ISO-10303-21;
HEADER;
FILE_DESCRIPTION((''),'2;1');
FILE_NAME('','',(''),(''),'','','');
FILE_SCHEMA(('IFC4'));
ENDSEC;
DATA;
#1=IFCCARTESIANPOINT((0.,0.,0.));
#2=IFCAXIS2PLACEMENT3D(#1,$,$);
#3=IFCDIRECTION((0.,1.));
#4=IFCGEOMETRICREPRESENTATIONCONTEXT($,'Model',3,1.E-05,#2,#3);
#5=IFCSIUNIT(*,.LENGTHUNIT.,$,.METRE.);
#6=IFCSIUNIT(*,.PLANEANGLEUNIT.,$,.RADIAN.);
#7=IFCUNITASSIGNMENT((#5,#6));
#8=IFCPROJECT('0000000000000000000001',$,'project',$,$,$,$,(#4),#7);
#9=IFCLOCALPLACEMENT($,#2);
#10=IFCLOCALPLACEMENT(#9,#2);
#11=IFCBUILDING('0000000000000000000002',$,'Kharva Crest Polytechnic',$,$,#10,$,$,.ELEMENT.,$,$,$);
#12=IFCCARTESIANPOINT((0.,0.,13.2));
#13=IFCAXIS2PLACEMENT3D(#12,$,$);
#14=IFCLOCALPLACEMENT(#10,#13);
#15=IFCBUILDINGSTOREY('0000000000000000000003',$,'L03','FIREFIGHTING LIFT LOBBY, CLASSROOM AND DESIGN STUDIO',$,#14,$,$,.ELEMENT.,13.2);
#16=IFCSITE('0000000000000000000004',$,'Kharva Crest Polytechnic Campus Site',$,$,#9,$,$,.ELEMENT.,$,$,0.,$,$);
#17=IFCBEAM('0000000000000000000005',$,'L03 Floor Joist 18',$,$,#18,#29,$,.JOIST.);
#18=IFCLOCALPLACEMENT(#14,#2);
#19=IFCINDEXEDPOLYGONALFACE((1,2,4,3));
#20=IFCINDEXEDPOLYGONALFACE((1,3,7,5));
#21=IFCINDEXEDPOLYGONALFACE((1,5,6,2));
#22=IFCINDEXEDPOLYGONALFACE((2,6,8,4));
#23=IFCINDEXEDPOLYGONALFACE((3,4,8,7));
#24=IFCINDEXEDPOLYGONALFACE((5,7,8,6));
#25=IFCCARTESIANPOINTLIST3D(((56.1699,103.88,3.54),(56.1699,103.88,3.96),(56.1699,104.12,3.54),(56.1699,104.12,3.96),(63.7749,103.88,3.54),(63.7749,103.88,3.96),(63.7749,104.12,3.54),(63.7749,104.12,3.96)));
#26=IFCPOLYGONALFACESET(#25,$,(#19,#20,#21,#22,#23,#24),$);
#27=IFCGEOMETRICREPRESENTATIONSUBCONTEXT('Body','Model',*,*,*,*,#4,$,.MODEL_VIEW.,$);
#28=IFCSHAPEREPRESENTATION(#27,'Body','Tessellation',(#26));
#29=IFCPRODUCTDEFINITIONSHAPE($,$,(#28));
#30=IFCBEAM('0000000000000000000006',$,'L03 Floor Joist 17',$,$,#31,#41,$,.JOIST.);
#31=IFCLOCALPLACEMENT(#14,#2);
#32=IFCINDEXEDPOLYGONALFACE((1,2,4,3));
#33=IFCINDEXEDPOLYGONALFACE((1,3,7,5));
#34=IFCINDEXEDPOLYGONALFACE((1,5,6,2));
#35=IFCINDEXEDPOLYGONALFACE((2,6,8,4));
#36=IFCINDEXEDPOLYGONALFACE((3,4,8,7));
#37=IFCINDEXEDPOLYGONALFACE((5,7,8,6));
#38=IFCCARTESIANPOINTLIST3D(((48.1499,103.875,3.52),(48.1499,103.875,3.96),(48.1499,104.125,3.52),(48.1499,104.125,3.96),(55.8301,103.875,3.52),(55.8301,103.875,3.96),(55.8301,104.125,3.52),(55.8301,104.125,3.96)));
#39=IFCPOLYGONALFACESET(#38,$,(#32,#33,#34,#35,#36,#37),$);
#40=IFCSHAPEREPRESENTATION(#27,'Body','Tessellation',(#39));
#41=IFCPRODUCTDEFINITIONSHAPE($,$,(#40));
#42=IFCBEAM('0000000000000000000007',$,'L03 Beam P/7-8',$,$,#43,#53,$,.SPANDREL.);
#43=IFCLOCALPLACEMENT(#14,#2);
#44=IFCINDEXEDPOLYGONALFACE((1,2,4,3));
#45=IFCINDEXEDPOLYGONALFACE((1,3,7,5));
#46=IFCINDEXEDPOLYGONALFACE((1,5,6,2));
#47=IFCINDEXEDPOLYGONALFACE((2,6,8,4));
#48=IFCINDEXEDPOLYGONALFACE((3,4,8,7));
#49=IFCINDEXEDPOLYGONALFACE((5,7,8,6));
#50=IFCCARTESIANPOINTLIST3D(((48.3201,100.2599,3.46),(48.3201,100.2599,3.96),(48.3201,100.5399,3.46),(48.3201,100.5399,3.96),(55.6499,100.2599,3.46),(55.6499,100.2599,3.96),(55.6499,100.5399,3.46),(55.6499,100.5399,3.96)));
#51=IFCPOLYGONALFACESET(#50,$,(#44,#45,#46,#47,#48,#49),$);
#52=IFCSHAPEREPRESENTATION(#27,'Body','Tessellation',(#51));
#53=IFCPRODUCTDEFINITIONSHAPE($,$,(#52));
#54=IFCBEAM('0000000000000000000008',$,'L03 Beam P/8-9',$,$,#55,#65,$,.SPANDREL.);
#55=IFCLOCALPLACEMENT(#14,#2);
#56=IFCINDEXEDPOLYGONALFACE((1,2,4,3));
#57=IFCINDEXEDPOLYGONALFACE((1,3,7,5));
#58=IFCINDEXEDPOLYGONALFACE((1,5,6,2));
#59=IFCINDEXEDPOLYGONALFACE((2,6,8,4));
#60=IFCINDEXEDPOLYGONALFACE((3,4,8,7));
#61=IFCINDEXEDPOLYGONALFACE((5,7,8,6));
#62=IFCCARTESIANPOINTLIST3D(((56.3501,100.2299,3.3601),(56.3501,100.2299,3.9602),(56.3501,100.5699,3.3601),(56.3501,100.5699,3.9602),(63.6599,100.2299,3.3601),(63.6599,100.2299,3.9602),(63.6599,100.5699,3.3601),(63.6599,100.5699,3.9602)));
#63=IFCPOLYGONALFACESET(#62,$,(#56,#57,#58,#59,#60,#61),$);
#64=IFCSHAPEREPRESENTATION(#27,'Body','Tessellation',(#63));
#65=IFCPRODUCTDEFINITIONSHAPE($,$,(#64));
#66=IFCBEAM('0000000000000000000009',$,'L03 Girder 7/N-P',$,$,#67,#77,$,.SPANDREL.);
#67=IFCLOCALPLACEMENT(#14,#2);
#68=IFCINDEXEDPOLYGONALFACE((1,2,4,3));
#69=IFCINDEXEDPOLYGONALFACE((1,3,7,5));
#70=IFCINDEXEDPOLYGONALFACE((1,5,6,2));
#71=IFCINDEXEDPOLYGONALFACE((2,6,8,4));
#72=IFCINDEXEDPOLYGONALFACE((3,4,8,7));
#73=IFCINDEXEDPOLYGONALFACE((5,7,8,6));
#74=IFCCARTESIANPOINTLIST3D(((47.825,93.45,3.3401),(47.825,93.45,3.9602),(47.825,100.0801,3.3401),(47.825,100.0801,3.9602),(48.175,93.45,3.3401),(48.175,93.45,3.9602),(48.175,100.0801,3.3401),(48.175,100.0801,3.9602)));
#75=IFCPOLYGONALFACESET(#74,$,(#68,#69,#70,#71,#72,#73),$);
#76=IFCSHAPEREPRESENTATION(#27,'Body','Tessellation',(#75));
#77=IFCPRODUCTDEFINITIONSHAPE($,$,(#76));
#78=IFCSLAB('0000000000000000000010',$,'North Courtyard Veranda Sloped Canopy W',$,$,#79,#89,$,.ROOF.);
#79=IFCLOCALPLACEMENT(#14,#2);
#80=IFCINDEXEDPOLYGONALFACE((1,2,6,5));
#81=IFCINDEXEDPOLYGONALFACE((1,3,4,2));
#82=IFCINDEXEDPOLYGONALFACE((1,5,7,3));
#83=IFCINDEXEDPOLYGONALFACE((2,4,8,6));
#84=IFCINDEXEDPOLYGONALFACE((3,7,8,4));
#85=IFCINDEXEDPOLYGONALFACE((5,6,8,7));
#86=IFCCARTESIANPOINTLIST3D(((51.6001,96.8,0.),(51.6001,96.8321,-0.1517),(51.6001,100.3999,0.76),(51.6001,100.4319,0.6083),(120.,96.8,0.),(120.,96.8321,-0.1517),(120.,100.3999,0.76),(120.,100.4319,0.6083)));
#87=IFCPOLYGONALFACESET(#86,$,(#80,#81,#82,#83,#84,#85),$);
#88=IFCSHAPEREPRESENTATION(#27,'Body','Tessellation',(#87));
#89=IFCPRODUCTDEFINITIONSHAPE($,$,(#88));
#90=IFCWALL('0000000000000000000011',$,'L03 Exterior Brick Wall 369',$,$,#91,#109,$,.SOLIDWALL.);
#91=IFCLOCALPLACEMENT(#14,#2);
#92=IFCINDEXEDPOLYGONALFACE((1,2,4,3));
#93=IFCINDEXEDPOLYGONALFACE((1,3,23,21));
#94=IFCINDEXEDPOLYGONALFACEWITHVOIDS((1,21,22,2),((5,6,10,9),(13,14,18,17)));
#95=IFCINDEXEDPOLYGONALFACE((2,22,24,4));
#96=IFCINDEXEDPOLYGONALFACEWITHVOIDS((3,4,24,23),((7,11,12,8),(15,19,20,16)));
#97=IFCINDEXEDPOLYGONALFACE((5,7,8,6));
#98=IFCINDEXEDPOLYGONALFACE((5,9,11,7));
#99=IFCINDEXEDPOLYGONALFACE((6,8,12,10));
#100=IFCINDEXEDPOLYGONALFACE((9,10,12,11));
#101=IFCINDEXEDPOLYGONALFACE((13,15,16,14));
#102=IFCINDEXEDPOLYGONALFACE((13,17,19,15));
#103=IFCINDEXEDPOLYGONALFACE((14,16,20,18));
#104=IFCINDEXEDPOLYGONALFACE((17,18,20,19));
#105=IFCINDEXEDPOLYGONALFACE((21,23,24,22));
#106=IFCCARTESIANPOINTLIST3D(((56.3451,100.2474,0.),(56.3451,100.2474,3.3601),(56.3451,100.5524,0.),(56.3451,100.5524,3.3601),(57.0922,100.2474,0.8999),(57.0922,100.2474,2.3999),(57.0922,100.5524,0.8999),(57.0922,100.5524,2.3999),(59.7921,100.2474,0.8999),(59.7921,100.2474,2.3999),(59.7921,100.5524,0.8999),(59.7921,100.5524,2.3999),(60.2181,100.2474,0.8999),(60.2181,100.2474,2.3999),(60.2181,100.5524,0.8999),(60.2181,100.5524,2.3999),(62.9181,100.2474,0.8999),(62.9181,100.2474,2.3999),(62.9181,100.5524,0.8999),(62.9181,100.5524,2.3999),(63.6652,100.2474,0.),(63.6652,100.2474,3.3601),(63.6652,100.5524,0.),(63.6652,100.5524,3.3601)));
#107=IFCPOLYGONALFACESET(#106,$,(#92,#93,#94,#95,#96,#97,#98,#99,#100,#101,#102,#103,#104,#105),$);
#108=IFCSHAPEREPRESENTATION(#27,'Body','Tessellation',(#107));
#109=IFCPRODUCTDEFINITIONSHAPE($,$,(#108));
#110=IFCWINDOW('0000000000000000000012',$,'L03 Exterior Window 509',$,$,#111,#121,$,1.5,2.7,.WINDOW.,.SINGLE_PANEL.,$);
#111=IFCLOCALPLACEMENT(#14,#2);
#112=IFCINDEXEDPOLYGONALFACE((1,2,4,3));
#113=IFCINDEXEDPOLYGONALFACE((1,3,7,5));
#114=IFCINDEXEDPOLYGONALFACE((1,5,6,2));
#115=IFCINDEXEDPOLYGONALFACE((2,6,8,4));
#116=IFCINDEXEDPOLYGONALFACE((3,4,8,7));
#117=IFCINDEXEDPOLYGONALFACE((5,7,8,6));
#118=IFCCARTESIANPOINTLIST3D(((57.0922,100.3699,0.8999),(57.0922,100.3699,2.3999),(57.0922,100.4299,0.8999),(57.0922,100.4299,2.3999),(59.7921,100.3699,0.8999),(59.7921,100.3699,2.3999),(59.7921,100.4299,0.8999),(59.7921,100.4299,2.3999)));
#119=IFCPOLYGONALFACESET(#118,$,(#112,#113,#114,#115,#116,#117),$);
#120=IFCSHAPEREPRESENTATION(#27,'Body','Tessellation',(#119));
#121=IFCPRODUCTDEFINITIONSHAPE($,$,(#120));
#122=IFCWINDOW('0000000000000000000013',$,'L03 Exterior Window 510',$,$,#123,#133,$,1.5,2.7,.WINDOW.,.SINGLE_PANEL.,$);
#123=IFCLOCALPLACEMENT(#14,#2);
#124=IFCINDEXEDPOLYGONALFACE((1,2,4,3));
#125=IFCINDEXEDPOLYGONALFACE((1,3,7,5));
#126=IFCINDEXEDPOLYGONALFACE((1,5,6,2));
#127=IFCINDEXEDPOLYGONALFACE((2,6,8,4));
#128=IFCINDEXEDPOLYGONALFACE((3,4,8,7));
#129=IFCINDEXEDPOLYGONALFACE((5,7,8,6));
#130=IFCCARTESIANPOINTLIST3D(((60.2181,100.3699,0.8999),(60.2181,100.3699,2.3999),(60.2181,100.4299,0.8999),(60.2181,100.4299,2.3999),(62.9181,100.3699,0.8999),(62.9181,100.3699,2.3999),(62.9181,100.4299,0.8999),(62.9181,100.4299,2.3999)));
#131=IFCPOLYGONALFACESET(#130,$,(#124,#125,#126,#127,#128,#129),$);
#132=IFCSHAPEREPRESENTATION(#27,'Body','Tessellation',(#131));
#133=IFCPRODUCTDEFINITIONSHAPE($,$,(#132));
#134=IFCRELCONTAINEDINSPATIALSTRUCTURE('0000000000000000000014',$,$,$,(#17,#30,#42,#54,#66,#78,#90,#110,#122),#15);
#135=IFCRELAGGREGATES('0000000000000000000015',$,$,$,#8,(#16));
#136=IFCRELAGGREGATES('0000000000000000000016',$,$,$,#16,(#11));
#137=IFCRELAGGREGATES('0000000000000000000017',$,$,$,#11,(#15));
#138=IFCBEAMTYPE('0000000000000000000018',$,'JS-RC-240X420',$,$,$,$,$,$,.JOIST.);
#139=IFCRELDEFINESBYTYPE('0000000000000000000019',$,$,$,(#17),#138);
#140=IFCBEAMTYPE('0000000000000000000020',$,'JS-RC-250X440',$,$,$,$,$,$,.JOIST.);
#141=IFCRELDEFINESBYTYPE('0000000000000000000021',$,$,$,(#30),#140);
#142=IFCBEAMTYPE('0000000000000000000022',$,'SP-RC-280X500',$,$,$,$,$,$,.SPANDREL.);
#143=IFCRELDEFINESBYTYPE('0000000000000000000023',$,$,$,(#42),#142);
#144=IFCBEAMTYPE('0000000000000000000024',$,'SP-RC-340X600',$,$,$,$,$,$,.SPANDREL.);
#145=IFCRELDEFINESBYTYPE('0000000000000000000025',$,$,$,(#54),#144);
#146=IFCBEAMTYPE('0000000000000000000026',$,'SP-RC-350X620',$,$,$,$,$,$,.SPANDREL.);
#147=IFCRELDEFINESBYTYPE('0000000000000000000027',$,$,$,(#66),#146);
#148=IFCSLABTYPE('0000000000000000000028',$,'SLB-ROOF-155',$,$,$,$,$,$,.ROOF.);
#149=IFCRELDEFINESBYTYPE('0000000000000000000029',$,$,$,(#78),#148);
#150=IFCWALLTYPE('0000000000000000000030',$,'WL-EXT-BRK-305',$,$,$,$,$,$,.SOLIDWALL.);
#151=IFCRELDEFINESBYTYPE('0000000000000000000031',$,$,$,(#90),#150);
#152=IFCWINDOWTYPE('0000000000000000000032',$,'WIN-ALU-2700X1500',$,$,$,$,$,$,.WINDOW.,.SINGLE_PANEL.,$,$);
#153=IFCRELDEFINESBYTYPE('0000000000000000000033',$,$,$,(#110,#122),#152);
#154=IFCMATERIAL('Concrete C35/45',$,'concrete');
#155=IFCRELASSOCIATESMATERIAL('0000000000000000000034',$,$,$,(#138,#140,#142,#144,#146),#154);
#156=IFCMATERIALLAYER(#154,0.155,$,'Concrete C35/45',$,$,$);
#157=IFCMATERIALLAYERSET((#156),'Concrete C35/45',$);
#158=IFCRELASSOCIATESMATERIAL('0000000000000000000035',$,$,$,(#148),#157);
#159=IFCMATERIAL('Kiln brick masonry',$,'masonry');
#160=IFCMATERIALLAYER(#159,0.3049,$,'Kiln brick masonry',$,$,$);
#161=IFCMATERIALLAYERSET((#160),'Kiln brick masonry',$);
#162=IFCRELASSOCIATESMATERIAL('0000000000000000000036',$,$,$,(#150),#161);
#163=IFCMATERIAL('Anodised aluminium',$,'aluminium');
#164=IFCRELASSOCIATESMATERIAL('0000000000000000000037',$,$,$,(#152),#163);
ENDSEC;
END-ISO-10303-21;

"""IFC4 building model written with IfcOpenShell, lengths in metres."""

from ifc_helpers import new_model, si_unit, direction, frame, frame_2d, origin, origin_2d, place, context, subcontext, project, spatial, polyline, rectangle, outline, extrude, material, layer, layer_set, material_profile, profile_set, type_object, element, fill, save


model = new_model("IFC4")

# Units and contexts
model_context = context("Model", 3, precision=1e-05, world=origin(), true_north=direction((0.0, 1.0)))
body_context = subcontext(model_context, "Body", "Model", "MODEL_VIEW")
ifc_project = project(units=[si_unit("LENGTHUNIT", "METRE"), si_unit("PLANEANGLEUNIT", "RADIAN")], contexts=[model_context])

# Site, building, storey
site_placement = place(None, origin())
site = spatial("IfcSite", under=ifc_project, at=site_placement, Name="Kharva Crest Polytechnic Campus Site", CompositionType="ELEMENT", RefElevation=0.0)
building_placement = place(site_placement, origin())
building = spatial("IfcBuilding", under=site, at=building_placement, Name="Kharva Crest Polytechnic", CompositionType="ELEMENT")
storey_placement = place(building_placement, frame((0.0, 0.0, 13.2)))
storey = spatial("IfcBuildingStorey", under=building, at=storey_placement, Name="L03", Description="FIREFIGHTING LIFT LOBBY, CLASSROOM AND DESIGN STUDIO", CompositionType="ELEMENT", Elevation=13.2)

# Beams
ifc_material_1 = material(Name="Concrete C35/45", Category="concrete")
ifc_material_profile_1 = material_profile(ifc_material_1, rectangle(XDim=0.24, YDim=0.4199, at=origin_2d()), Name="RECT 240 X 420")
ifc_profile_set_1 = profile_set([ifc_material_profile_1], Name="Concrete C35/45")
beam_type_1 = type_object("IfcBeamType", Name="JS-RC-240X420", PredefinedType="JOIST", material=ifc_profile_set_1)
beam_1_placement = place(storey_placement, frame((56.1699, 104.0, 3.75), z_axis=(1.0, 0.0, 0.0), x_axis=(0.0, 1.0, 0.0)))
element("IfcBeam", 1, at=beam_1_placement, inside=storey, type_object=beam_type_1, Name="L03 Floor Joist 18", PredefinedType="JOIST", context=body_context, shape_type="SweptSolid", body=[
    extrude(rectangle(XDim=0.24, YDim=0.4199, at=origin_2d()), origin(), (0.0, 0.0, 1.0), 7.605),
])
ifc_material_profile_2 = material_profile(ifc_material_1, rectangle(XDim=0.25, YDim=0.4399, at=origin_2d()), Name="RECT 250 X 440")
ifc_profile_set_2 = profile_set([ifc_material_profile_2], Name="Concrete C35/45")
beam_type_2 = type_object("IfcBeamType", Name="JS-RC-250X440", PredefinedType="JOIST", material=ifc_profile_set_2)
beam_2_placement = place(storey_placement, frame((48.1499, 104.0, 3.74), z_axis=(1.0, 0.0, 0.0), x_axis=(0.0, 1.0, 0.0)))
element("IfcBeam", 2, at=beam_2_placement, inside=storey, type_object=beam_type_2, Name="L03 Floor Joist 17", PredefinedType="JOIST", context=body_context, shape_type="SweptSolid", body=[
    extrude(rectangle(XDim=0.25, YDim=0.4399, at=origin_2d()), origin(), (0.0, 0.0, 1.0), 7.6802),
])
ifc_material_profile_3 = material_profile(ifc_material_1, rectangle(XDim=0.28, YDim=0.5, at=origin_2d()), Name="RECT 280 X 500")
ifc_profile_set_3 = profile_set([ifc_material_profile_3], Name="Concrete C35/45")
beam_type_3 = type_object("IfcBeamType", Name="SP-RC-280X500", PredefinedType="SPANDREL", material=ifc_profile_set_3)
beam_3_placement = place(storey_placement, frame((48.3201, 100.3999, 3.71), z_axis=(1.0, 0.0, 0.0), x_axis=(0.0, 1.0, 0.0)))
element("IfcBeam", 3, at=beam_3_placement, inside=storey, type_object=beam_type_3, Name="L03 Beam P/7-8", PredefinedType="SPANDREL", context=body_context, shape_type="SweptSolid", body=[
    extrude(rectangle(XDim=0.28, YDim=0.5, at=origin_2d()), origin(), (0.0, 0.0, 1.0), 7.3298),
])
ifc_material_profile_4 = material_profile(ifc_material_1, rectangle(XDim=0.3401, YDim=0.6001, at=origin_2d()), Name="RECT 340 X 600")
ifc_profile_set_4 = profile_set([ifc_material_profile_4], Name="Concrete C35/45")
beam_type_4 = type_object("IfcBeamType", Name="SP-RC-340X600", PredefinedType="SPANDREL", material=ifc_profile_set_4)
beam_4_placement = place(storey_placement, frame((56.3501, 100.3999, 3.6602), z_axis=(1.0, 0.0, 0.0), x_axis=(0.0, 1.0, 0.0)))
element("IfcBeam", 4, at=beam_4_placement, inside=storey, type_object=beam_type_4, Name="L03 Beam P/8-9", PredefinedType="SPANDREL", context=body_context, shape_type="SweptSolid", body=[
    extrude(rectangle(XDim=0.3401, YDim=0.6001, at=origin_2d()), origin(), (0.0, 0.0, 1.0), 7.3098),
])
ifc_material_profile_5 = material_profile(ifc_material_1, rectangle(XDim=0.3501, YDim=0.6201, at=origin_2d()), Name="RECT 350 X 620")
ifc_profile_set_5 = profile_set([ifc_material_profile_5], Name="Concrete C35/45")
beam_type_5 = type_object("IfcBeamType", Name="SP-RC-350X620", PredefinedType="SPANDREL", material=ifc_profile_set_5)
beam_5_placement = place(storey_placement, frame((48.0, 93.45, 3.6501), z_axis=(0.0, 1.0, 0.0), x_axis=(-1.0, 0.0, 0.0)))
element("IfcBeam", 5, at=beam_5_placement, inside=storey, type_object=beam_type_5, Name="L03 Girder 7/N-P", PredefinedType="SPANDREL", context=body_context, shape_type="SweptSolid", body=[
    extrude(rectangle(XDim=0.3501, YDim=0.6201, at=origin_2d()), origin(), (0.0, 0.0, 1.0), 6.6301),
])

# Slab
ifc_layer_1 = layer(ifc_material_1, 0.155, Name="Concrete C35/45")
ifc_layer_set_1 = layer_set([ifc_layer_1], Name="Concrete C35/45")
slab_type = type_object("IfcSlabType", Name="SLB-ROOF-155", PredefinedType="ROOF", material=ifc_layer_set_1)
slab_placement = place(storey_placement, frame((51.6001, 96.8, 0.0), z_axis=(0.0, -0.206569, 0.978432), x_axis=(1.0, 0.0, 0.0)))
element("IfcSlab", 6, at=slab_placement, inside=storey, type_object=slab_type, Name="North Courtyard Veranda Sloped Canopy W", PredefinedType="ROOF", context=body_context, shape_type="SweptSolid", body=[
    extrude(outline(polyline([(0.0, 0.0), (68.3999, 0.0), (68.3999, 3.6792), (0.0, 3.6792), (0.0, 0.0)])), origin(), (0.0, 0.0, -1.0), 0.155),
])

# Wall, openings, windows
ifc_material_2 = material(Name="Kiln brick masonry", Category="masonry")
ifc_layer_2 = layer(ifc_material_2, 0.3049, Name="Kiln brick masonry")
ifc_layer_set_2 = layer_set([ifc_layer_2], Name="Kiln brick masonry")
wall_type_1 = type_object("IfcWallType", Name="WL-EXT-BRK-305", PredefinedType="SOLIDWALL", material=ifc_layer_set_2)
wall_1_placement = place(storey_placement, frame((56.345, 100.3999, 0.0), z_axis=(0.0, 0.0, 1.0), x_axis=(1.0, 0.0, 0.0)))
wall_1 = element("IfcWall", 7, at=wall_1_placement, inside=storey, type_object=wall_type_1, Name="L03 Exterior Brick Wall 369", PredefinedType="SOLIDWALL", context=body_context, shape_type="SweptSolid", body=[
    extrude(rectangle(XDim=7.3201, YDim=0.3049, at=frame_2d((3.6602, 0.0))), origin(), (0.0, 0.0, 1.0), 3.3601),
])
opening_1_placement = place(wall_1_placement, frame((0.7471, 0.0, 0.8999)))
opening_1 = element("IfcOpeningElement", 8, at=opening_1_placement, cuts=wall_1, PredefinedType="OPENING", context=body_context, shape_type="SweptSolid", body=[
    extrude(rectangle(XDim=2.7, YDim=1.5, at=frame_2d((1.3501, 0.75))), frame((0.0, 0.1624, 0.0), z_axis=(0.0, -1.0, 0.0), x_axis=(1.0, 0.0, 0.0)), (0.0, 0.0, 1.0), 0.325),
])
opening_2_placement = place(wall_1_placement, frame((3.873, 0.0, 0.8999)))
opening_2 = element("IfcOpeningElement", 9, at=opening_2_placement, cuts=wall_1, PredefinedType="OPENING", context=body_context, shape_type="SweptSolid", body=[
    extrude(rectangle(XDim=2.7, YDim=1.5, at=frame_2d((1.3501, 0.75))), frame((0.0, 0.1624, 0.0), z_axis=(0.0, -1.0, 0.0), x_axis=(1.0, 0.0, 0.0)), (0.0, 0.0, 1.0), 0.325),
])
ifc_material_3 = material(Name="Anodised aluminium", Category="aluminium")
window_type_1 = type_object("IfcWindowType", Name="WIN-ALU-2700X1500", PartitioningType="SINGLE_PANEL", PredefinedType="WINDOW", material=ifc_material_3)
window_1_placement = place(opening_1_placement, origin())
window_1 = element("IfcWindow", 10, at=window_1_placement, inside=storey, type_object=window_type_1, Name="L03 Exterior Window 509", OverallHeight=1.5, OverallWidth=2.7, PartitioningType="SINGLE_PANEL", PredefinedType="WINDOW", context=body_context, shape_type="SweptSolid", body=[
    extrude(rectangle(XDim=2.7, YDim=1.5, at=frame_2d((1.3501, 0.75))), frame((0.0, 0.03, 0.0), z_axis=(0.0, -1.0, 0.0), x_axis=(1.0, 0.0, 0.0)), (0.0, 0.0, 1.0), 0.0601),
])
fill(opening_1, window_1)
window_2_placement = place(opening_2_placement, origin())
window_2 = element("IfcWindow", 11, at=window_2_placement, inside=storey, type_object=window_type_1, Name="L03 Exterior Window 510", OverallHeight=1.5, OverallWidth=2.7, PartitioningType="SINGLE_PANEL", PredefinedType="WINDOW", context=body_context, shape_type="SweptSolid", body=[
    extrude(rectangle(XDim=2.7, YDim=1.5, at=frame_2d((1.3501, 0.75))), frame((0.0, 0.03, 0.0), z_axis=(0.0, -1.0, 0.0), x_axis=(1.0, 0.0, 0.0)), (0.0, 0.0, 1.0), 0.0601),
])
fill(opening_2, window_2)

save(model, "model.ifc")
